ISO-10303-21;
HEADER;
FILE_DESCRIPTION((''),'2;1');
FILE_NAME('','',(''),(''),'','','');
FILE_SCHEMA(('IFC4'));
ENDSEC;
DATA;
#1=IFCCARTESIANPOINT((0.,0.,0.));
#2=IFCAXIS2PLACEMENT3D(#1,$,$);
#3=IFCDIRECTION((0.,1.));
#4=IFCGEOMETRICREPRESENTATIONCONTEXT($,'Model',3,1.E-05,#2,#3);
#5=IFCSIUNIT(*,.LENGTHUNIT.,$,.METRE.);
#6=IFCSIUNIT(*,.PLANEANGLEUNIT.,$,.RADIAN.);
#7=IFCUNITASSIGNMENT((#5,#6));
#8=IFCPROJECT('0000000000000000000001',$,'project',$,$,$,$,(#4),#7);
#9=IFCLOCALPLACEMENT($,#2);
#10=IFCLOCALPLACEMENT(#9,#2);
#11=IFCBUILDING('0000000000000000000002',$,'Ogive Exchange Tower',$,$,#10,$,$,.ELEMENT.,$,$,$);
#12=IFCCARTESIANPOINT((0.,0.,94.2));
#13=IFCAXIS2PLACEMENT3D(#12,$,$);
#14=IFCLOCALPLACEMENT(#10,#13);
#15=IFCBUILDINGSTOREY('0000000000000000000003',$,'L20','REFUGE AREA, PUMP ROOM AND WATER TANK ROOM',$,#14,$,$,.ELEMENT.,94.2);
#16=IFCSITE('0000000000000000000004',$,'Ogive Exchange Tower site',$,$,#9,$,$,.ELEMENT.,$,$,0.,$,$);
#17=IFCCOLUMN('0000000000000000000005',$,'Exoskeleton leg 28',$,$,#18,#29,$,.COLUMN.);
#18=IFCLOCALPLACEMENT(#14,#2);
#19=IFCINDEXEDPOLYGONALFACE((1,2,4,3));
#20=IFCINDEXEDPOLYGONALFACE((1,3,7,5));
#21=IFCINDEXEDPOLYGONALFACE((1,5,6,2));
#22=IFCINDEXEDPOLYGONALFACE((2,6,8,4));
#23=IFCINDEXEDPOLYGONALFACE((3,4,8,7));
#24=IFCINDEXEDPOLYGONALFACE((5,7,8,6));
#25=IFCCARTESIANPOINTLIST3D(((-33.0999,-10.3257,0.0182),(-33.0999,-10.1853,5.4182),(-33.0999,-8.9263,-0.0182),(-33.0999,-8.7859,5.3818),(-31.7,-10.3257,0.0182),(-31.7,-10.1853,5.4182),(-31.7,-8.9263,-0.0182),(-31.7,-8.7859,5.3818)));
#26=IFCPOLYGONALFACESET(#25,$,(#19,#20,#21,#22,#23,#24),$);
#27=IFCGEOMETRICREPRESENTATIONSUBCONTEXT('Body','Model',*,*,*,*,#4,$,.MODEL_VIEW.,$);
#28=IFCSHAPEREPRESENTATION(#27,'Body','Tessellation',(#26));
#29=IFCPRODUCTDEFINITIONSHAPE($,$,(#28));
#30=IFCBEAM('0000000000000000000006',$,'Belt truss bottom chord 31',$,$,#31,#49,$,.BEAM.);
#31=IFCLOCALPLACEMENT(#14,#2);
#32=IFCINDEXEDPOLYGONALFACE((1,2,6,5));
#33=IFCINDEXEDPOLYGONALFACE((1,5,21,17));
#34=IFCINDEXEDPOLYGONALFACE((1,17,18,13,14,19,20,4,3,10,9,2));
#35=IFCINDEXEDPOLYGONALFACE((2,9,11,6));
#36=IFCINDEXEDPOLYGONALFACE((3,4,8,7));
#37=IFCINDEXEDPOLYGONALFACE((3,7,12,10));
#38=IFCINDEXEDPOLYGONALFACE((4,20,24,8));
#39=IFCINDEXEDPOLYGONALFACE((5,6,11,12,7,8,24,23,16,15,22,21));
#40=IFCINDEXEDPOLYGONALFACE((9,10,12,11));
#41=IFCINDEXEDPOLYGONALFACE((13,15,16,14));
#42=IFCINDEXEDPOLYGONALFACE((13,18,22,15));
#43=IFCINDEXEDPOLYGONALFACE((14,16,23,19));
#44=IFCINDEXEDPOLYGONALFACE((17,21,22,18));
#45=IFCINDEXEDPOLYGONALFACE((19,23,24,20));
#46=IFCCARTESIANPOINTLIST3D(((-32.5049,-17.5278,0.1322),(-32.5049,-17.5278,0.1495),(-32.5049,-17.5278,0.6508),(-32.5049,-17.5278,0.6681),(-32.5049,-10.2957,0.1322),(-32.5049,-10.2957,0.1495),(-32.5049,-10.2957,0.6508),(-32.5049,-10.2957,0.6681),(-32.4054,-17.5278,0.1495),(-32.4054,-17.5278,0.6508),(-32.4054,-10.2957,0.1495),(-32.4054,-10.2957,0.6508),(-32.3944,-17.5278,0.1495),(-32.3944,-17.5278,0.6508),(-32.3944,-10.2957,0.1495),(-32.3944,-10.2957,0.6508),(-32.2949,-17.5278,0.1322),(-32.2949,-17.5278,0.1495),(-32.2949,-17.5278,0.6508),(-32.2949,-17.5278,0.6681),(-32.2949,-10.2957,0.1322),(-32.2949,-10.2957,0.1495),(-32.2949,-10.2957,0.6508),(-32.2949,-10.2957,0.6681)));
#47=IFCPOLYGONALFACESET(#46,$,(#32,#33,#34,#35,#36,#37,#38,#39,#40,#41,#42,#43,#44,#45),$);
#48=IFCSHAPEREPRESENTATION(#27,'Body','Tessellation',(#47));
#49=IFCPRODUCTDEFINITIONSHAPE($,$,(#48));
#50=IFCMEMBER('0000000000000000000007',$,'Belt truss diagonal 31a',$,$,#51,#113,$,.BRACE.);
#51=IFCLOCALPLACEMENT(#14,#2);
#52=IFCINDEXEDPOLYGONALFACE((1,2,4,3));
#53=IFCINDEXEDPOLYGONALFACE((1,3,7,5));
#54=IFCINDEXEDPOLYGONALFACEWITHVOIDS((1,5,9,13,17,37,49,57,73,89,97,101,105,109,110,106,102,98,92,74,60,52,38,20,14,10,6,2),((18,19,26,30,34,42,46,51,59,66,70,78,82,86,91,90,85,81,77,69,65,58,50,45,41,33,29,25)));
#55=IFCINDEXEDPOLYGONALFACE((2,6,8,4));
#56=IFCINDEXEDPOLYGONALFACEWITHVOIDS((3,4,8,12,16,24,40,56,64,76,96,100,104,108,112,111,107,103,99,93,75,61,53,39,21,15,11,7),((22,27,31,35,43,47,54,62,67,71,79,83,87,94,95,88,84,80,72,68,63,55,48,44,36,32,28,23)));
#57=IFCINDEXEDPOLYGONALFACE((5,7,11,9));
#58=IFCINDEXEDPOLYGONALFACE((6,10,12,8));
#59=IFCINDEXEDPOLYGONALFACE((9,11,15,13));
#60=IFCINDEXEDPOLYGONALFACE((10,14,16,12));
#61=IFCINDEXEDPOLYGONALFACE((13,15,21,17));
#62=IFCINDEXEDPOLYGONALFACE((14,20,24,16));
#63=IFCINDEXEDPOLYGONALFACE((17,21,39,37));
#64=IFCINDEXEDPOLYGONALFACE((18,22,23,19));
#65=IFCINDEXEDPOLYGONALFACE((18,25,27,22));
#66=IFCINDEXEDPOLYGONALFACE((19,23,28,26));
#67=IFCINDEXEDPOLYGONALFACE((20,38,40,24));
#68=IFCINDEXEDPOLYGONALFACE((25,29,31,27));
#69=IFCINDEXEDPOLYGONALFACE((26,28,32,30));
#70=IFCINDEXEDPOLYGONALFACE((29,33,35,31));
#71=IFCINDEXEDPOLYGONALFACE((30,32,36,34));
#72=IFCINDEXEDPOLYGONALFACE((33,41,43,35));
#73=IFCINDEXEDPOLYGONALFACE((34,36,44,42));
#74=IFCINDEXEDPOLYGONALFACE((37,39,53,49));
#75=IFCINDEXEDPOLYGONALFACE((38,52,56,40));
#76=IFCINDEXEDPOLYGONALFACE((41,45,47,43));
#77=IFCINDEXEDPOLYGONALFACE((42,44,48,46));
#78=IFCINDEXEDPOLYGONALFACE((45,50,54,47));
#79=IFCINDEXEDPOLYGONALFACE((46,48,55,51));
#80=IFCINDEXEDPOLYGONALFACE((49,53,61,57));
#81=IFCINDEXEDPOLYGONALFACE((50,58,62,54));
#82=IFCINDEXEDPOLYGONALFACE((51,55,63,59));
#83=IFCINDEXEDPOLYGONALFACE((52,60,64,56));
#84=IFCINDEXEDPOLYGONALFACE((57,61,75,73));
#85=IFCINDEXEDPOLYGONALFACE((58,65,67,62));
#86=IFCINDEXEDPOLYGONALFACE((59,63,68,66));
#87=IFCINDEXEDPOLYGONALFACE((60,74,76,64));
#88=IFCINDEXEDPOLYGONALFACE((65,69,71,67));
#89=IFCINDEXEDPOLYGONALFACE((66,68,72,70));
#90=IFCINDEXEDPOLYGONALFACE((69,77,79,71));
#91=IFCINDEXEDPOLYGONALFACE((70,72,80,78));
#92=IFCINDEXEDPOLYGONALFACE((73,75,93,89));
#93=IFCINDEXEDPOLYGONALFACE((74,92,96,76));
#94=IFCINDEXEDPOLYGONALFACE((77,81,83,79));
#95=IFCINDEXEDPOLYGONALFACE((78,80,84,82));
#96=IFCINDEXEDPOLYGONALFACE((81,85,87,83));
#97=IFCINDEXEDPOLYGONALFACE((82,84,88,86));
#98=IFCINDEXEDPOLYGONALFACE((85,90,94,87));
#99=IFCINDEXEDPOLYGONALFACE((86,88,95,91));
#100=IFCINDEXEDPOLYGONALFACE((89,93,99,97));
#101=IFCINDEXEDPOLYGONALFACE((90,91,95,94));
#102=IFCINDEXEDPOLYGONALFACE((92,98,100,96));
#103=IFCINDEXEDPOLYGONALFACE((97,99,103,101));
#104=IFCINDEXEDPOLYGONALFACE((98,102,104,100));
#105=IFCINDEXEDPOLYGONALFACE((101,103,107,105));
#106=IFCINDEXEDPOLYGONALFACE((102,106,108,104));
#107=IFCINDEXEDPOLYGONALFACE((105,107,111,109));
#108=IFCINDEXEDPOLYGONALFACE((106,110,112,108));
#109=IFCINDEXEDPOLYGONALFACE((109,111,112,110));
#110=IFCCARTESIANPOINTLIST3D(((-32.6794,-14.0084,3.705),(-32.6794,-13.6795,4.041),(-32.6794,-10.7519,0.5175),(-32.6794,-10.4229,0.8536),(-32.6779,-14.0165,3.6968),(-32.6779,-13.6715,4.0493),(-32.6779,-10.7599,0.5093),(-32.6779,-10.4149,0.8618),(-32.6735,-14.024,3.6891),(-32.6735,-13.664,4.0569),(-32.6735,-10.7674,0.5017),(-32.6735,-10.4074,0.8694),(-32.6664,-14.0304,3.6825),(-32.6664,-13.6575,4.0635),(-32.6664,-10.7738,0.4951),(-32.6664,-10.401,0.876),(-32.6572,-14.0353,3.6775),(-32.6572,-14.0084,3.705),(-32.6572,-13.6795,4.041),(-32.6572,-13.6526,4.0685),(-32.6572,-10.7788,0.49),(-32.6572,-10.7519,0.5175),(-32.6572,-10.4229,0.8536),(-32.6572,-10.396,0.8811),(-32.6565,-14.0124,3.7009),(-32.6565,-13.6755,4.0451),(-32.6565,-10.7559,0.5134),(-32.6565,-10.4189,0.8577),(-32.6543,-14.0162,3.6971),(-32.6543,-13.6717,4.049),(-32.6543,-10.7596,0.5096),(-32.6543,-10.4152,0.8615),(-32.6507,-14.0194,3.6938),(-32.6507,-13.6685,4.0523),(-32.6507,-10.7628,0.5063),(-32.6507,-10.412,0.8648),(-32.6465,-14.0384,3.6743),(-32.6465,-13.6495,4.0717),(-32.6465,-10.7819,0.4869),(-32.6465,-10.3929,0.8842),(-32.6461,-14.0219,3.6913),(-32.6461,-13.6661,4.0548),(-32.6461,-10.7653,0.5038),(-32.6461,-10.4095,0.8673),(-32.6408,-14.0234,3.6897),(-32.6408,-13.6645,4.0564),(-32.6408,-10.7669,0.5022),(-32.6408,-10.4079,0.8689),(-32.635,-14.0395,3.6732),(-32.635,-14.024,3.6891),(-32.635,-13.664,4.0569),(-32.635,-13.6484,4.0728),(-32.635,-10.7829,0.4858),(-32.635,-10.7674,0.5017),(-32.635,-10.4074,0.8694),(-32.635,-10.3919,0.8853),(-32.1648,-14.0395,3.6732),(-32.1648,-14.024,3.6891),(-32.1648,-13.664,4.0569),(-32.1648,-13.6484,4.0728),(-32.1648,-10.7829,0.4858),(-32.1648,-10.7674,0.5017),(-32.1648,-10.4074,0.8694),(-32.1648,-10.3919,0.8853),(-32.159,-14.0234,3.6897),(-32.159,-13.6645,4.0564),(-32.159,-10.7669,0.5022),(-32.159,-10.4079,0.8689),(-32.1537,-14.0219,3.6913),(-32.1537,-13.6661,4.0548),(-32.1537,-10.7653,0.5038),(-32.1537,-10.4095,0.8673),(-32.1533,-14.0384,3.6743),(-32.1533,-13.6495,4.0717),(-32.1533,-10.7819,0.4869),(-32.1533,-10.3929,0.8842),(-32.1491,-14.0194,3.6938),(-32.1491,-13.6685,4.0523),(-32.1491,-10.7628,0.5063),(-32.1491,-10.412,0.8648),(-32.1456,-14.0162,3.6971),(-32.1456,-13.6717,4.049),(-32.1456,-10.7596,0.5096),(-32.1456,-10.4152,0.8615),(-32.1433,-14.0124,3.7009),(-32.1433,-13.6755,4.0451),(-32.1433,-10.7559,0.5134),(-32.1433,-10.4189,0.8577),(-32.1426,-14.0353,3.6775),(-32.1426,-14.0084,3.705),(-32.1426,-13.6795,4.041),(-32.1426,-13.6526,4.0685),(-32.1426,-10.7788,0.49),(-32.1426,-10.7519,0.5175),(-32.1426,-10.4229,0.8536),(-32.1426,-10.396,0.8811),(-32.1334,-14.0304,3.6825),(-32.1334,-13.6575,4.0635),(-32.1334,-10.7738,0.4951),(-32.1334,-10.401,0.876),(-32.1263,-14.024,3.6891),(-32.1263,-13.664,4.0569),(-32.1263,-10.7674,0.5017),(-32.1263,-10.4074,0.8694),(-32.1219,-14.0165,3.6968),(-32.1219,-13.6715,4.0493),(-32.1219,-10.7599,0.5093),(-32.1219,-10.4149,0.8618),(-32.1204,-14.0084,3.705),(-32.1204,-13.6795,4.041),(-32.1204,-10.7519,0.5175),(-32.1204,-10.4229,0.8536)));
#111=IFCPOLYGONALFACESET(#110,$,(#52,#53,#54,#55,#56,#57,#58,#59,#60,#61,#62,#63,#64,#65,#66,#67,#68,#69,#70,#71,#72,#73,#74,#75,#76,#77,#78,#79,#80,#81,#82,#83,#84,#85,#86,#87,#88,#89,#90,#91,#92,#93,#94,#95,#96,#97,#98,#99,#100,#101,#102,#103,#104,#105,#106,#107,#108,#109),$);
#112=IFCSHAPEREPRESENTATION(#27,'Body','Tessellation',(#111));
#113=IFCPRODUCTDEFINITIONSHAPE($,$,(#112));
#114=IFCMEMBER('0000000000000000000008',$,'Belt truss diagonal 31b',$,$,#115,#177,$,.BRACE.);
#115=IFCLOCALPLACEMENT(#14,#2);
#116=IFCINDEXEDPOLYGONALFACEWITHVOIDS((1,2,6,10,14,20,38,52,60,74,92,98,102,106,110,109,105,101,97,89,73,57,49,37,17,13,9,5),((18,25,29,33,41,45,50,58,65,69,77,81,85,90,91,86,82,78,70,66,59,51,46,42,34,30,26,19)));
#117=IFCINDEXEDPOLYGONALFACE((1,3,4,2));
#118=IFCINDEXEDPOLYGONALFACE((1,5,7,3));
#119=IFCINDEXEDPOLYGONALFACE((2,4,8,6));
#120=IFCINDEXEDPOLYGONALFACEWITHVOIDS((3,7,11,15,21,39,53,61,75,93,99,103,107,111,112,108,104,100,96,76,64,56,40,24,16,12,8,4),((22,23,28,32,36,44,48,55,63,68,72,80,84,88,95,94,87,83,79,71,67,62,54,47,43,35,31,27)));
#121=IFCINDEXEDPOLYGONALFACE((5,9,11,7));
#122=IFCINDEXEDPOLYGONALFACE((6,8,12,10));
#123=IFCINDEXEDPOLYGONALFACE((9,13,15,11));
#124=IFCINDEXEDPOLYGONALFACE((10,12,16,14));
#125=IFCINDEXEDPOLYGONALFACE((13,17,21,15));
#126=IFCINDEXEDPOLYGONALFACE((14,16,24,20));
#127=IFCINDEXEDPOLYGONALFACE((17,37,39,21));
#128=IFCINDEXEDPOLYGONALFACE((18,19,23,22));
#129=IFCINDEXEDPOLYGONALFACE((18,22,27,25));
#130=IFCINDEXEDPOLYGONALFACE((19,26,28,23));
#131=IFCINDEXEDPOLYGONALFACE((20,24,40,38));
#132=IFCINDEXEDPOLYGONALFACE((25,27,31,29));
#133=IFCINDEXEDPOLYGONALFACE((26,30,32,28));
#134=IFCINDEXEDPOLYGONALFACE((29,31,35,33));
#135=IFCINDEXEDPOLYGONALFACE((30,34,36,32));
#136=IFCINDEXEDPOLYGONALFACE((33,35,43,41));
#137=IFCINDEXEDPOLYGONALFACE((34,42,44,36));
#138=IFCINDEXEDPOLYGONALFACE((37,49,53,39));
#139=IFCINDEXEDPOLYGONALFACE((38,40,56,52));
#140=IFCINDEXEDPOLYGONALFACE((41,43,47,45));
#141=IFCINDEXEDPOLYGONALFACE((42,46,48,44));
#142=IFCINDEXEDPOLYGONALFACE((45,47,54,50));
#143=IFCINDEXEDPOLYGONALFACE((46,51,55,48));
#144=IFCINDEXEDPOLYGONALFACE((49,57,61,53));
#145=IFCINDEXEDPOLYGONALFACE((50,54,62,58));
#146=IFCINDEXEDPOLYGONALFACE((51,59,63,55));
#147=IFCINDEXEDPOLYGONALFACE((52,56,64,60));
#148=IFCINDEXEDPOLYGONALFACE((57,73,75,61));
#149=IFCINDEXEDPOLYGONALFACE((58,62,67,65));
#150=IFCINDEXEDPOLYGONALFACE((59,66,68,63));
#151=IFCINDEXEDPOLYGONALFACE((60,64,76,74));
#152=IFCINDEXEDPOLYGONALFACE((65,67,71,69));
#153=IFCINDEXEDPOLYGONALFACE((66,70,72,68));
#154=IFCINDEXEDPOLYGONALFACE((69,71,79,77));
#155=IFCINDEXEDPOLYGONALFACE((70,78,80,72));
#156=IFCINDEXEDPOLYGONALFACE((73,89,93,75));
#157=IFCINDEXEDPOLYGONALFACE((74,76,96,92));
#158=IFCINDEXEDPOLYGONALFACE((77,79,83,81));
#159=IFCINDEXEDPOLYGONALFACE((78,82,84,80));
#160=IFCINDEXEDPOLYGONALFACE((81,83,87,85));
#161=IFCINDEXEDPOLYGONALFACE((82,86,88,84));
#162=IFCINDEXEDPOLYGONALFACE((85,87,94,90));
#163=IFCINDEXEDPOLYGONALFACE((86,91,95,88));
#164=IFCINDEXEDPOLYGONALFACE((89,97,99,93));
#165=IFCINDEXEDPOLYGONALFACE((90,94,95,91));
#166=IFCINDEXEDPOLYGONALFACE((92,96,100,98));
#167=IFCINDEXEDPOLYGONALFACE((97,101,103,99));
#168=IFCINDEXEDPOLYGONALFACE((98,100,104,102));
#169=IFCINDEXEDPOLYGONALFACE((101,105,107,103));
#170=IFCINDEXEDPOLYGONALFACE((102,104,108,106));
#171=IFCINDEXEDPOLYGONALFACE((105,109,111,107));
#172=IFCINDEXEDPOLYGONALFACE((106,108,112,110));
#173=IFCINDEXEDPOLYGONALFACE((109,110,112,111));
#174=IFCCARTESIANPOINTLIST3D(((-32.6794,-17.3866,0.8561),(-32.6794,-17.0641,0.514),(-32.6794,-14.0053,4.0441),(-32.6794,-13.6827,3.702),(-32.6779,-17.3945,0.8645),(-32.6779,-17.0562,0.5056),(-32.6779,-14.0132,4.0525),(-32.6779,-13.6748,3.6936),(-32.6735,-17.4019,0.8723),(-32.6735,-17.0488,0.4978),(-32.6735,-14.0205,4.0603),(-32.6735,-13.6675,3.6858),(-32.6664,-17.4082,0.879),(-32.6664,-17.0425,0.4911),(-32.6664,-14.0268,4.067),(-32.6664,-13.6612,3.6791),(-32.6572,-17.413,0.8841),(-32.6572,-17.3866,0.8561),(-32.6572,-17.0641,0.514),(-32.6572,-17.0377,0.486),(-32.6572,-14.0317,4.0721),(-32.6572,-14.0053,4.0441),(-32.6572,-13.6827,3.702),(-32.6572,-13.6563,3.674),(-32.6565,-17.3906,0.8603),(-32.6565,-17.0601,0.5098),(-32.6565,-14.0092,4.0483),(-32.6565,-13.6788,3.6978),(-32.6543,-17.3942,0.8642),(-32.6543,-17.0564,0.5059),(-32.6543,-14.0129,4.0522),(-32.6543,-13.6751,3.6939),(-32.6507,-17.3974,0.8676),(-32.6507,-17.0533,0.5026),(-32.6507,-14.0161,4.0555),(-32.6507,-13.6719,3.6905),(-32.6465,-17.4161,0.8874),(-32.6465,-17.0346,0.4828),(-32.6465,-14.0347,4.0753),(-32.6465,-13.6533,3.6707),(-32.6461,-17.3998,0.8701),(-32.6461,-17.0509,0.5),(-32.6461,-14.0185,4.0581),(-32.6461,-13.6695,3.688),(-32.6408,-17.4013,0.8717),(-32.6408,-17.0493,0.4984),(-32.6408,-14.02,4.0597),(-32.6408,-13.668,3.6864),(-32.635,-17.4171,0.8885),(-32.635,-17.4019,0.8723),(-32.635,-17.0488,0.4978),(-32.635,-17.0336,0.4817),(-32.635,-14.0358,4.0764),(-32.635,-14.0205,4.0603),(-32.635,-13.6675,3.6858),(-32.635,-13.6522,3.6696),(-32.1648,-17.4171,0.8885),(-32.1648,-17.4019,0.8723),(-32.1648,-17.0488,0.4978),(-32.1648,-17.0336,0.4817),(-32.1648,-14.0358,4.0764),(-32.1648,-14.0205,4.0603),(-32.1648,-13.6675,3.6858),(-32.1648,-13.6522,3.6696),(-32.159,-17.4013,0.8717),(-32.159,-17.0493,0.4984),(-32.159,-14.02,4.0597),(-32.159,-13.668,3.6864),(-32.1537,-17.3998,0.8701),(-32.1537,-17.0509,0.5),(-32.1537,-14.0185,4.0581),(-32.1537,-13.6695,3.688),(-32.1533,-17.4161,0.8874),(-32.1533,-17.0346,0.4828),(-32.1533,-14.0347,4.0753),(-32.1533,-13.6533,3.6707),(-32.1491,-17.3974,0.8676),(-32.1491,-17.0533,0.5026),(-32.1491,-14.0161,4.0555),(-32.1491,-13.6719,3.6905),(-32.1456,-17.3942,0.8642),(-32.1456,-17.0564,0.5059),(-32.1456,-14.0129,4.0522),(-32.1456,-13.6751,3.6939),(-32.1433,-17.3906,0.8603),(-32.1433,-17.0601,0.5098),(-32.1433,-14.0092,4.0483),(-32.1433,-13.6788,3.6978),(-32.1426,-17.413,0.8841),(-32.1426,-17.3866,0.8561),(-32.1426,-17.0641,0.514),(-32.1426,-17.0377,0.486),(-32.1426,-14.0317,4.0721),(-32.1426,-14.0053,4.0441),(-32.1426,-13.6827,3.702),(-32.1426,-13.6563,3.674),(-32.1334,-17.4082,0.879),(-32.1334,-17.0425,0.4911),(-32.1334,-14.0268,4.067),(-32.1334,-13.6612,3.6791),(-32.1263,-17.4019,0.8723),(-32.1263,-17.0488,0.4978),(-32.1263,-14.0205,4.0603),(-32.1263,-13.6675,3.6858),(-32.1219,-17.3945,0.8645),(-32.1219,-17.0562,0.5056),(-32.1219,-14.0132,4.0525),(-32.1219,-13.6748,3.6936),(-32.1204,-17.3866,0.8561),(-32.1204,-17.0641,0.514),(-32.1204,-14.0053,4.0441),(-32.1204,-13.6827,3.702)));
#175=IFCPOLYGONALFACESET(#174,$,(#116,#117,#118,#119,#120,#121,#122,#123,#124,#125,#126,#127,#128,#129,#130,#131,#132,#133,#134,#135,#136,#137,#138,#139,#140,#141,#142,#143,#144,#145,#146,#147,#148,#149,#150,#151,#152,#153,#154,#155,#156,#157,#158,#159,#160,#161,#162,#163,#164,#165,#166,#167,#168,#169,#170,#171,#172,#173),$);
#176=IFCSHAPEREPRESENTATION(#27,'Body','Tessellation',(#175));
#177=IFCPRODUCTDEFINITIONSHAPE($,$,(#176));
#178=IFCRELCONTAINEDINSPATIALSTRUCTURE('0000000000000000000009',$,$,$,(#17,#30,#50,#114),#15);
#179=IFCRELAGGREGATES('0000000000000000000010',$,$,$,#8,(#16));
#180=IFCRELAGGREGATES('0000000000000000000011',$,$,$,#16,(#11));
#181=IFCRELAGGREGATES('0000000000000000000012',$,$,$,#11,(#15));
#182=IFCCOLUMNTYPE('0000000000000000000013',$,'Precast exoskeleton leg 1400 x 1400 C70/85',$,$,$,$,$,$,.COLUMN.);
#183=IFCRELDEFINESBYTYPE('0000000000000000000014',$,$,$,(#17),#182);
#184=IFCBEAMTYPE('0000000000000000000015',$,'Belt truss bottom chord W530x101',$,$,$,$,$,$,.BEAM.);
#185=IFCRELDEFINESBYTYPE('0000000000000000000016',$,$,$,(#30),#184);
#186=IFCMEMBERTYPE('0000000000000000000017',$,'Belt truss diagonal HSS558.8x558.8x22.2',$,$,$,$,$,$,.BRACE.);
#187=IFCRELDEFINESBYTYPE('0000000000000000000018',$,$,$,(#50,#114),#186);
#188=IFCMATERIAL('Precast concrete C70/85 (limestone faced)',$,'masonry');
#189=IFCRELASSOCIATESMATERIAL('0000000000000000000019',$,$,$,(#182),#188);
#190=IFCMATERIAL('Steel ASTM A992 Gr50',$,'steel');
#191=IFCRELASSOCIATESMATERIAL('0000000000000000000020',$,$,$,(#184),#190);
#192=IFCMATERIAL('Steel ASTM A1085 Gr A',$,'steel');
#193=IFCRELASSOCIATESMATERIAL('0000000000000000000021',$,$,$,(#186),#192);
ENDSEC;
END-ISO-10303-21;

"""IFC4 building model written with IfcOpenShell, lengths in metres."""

from ifc_helpers import new_model, si_unit, direction, frame, origin, origin_2d, place, context, subcontext, project, spatial, rectangle, hollow_rectangle, i_section, extrude, material, material_profile, profile_set, type_object, element, save


model = new_model("IFC4")

# Units and contexts
model_context = context("Model", 3, precision=1e-05, world=origin(), true_north=direction((0.0, 1.0)))
body_context = subcontext(model_context, "Body", "Model", "MODEL_VIEW")
ifc_project = project(units=[si_unit("LENGTHUNIT", "METRE"), si_unit("PLANEANGLEUNIT", "RADIAN")], contexts=[model_context])

# Site, building, storey
site_placement = place(None, origin())
site = spatial("IfcSite", under=ifc_project, at=site_placement, Name="Ogive Exchange Tower site", CompositionType="ELEMENT", RefElevation=0.0)
building_placement = place(site_placement, origin())
building = spatial("IfcBuilding", under=site, at=building_placement, Name="Ogive Exchange Tower", CompositionType="ELEMENT")
storey_placement = place(building_placement, frame((0.0, 0.0, 94.2)))
storey = spatial("IfcBuildingStorey", under=building, at=storey_placement, Name="L20", Description="REFUGE AREA, PUMP ROOM AND WATER TANK ROOM", CompositionType="ELEMENT", Elevation=94.2)

# Column
ifc_material_1 = material(Name="Precast concrete C70/85 (limestone faced)", Category="masonry")
ifc_material_profile_1 = material_profile(ifc_material_1, rectangle(XDim=1.3999, YDim=1.3999, at=origin_2d()), Name="1400 x 1400")
ifc_profile_set_1 = profile_set([ifc_material_profile_1], Name="Precast concrete C70/85 (limestone faced)")
column_type = type_object("IfcColumnType", Name="Precast exoskeleton leg 1400 x 1400 C70/85", PredefinedType="COLUMN", material=ifc_profile_set_1)
column_placement = place(storey_placement, frame((-32.3999, -9.626, 0.0), z_axis=(0.0, 0.025987, 0.999662), x_axis=(-1.0, 0.0, 0.0)))
element("IfcColumn", 1, at=column_placement, inside=storey, type_object=column_type, Name="Exoskeleton leg 28", PredefinedType="COLUMN", context=body_context, shape_type="SweptSolid", body=[
    extrude(rectangle(XDim=1.3999, YDim=1.3999, at=origin_2d()), origin(), (0.0, 0.0, 1.0), 5.4019),
])

# Beam
ifc_material_2 = material(Name="Steel ASTM A992 Gr50", Category="steel")
ifc_material_profile_2 = material_profile(ifc_material_2, i_section(OverallWidth=0.21, OverallDepth=0.5359, WebThickness=0.011, FlangeThickness=0.0173, at=origin_2d()), Name="W530x101")
ifc_profile_set_2 = profile_set([ifc_material_profile_2], Name="Steel ASTM A992 Gr50")
beam_type_1 = type_object("IfcBeamType", Name="Belt truss bottom chord W530x101", PredefinedType="BEAM", material=ifc_profile_set_2)
beam_1_placement = place(storey_placement, frame((-32.3999, -10.2957, 0.4001), z_axis=(0.0, -1.0, 0.0), x_axis=(1.0, 0.0, 0.0)))
element("IfcBeam", 2, at=beam_1_placement, inside=storey, type_object=beam_type_1, Name="Belt truss bottom chord 31", PredefinedType="BEAM", context=body_context, shape_type="SweptSolid", body=[
    extrude(i_section(OverallWidth=0.21, OverallDepth=0.5359, WebThickness=0.011, FlangeThickness=0.0173, at=origin_2d()), origin(), (0.0, 0.0, 1.0), 7.2322),
])

# Members
ifc_material_3 = material(Name="Steel ASTM A1085 Gr A", Category="steel")
ifc_material_profile_3 = material_profile(ifc_material_3, hollow_rectangle(XDim=0.5591, YDim=0.5591, WallThickness=0.0222, InnerFilletRadius=0.0222, OuterFilletRadius=0.0444, at=origin_2d()), Name="HSS558.8x558.8x22.2")
ifc_profile_set_3 = profile_set([ifc_material_profile_3], Name="Steel ASTM A1085 Gr A")
member_type_1 = type_object("IfcMemberType", Name="Belt truss diagonal HSS558.8x558.8x22.2", PredefinedType="BRACE", material=ifc_profile_set_3)
member_1_placement = place(storey_placement, frame((-32.3999, -10.5874, 0.6855), z_axis=(0.0, -0.714647, 0.699485), x_axis=(1.0, 0.0, 0.0)))
element("IfcMember", 3, at=member_1_placement, inside=storey, type_object=member_type_1, Name="Belt truss diagonal 31a", PredefinedType="BRACE", context=body_context, shape_type="SweptSolid", body=[
    extrude(hollow_rectangle(XDim=0.5591, YDim=0.5591, WallThickness=0.0222, InnerFilletRadius=0.0222, OuterFilletRadius=0.0444, at=origin_2d()), origin(), (0.0, 0.0, 1.0), 4.5569),
])
member_2_placement = place(storey_placement, frame((-32.3999, -17.2253, 0.6851), z_axis=(0.0, 0.727604, 0.685997), x_axis=(-1.0, 0.0, 0.0)))
element("IfcMember", 4, at=member_2_placement, inside=storey, type_object=member_type_1, Name="Belt truss diagonal 31b", PredefinedType="BRACE", context=body_context, shape_type="SweptSolid", body=[
    extrude(hollow_rectangle(XDim=0.5591, YDim=0.5591, WallThickness=0.0222, InnerFilletRadius=0.0222, OuterFilletRadius=0.0444, at=origin_2d()), origin(), (0.0, 0.0, 1.0), 4.6472),
])

save(model, "model.ifc")
